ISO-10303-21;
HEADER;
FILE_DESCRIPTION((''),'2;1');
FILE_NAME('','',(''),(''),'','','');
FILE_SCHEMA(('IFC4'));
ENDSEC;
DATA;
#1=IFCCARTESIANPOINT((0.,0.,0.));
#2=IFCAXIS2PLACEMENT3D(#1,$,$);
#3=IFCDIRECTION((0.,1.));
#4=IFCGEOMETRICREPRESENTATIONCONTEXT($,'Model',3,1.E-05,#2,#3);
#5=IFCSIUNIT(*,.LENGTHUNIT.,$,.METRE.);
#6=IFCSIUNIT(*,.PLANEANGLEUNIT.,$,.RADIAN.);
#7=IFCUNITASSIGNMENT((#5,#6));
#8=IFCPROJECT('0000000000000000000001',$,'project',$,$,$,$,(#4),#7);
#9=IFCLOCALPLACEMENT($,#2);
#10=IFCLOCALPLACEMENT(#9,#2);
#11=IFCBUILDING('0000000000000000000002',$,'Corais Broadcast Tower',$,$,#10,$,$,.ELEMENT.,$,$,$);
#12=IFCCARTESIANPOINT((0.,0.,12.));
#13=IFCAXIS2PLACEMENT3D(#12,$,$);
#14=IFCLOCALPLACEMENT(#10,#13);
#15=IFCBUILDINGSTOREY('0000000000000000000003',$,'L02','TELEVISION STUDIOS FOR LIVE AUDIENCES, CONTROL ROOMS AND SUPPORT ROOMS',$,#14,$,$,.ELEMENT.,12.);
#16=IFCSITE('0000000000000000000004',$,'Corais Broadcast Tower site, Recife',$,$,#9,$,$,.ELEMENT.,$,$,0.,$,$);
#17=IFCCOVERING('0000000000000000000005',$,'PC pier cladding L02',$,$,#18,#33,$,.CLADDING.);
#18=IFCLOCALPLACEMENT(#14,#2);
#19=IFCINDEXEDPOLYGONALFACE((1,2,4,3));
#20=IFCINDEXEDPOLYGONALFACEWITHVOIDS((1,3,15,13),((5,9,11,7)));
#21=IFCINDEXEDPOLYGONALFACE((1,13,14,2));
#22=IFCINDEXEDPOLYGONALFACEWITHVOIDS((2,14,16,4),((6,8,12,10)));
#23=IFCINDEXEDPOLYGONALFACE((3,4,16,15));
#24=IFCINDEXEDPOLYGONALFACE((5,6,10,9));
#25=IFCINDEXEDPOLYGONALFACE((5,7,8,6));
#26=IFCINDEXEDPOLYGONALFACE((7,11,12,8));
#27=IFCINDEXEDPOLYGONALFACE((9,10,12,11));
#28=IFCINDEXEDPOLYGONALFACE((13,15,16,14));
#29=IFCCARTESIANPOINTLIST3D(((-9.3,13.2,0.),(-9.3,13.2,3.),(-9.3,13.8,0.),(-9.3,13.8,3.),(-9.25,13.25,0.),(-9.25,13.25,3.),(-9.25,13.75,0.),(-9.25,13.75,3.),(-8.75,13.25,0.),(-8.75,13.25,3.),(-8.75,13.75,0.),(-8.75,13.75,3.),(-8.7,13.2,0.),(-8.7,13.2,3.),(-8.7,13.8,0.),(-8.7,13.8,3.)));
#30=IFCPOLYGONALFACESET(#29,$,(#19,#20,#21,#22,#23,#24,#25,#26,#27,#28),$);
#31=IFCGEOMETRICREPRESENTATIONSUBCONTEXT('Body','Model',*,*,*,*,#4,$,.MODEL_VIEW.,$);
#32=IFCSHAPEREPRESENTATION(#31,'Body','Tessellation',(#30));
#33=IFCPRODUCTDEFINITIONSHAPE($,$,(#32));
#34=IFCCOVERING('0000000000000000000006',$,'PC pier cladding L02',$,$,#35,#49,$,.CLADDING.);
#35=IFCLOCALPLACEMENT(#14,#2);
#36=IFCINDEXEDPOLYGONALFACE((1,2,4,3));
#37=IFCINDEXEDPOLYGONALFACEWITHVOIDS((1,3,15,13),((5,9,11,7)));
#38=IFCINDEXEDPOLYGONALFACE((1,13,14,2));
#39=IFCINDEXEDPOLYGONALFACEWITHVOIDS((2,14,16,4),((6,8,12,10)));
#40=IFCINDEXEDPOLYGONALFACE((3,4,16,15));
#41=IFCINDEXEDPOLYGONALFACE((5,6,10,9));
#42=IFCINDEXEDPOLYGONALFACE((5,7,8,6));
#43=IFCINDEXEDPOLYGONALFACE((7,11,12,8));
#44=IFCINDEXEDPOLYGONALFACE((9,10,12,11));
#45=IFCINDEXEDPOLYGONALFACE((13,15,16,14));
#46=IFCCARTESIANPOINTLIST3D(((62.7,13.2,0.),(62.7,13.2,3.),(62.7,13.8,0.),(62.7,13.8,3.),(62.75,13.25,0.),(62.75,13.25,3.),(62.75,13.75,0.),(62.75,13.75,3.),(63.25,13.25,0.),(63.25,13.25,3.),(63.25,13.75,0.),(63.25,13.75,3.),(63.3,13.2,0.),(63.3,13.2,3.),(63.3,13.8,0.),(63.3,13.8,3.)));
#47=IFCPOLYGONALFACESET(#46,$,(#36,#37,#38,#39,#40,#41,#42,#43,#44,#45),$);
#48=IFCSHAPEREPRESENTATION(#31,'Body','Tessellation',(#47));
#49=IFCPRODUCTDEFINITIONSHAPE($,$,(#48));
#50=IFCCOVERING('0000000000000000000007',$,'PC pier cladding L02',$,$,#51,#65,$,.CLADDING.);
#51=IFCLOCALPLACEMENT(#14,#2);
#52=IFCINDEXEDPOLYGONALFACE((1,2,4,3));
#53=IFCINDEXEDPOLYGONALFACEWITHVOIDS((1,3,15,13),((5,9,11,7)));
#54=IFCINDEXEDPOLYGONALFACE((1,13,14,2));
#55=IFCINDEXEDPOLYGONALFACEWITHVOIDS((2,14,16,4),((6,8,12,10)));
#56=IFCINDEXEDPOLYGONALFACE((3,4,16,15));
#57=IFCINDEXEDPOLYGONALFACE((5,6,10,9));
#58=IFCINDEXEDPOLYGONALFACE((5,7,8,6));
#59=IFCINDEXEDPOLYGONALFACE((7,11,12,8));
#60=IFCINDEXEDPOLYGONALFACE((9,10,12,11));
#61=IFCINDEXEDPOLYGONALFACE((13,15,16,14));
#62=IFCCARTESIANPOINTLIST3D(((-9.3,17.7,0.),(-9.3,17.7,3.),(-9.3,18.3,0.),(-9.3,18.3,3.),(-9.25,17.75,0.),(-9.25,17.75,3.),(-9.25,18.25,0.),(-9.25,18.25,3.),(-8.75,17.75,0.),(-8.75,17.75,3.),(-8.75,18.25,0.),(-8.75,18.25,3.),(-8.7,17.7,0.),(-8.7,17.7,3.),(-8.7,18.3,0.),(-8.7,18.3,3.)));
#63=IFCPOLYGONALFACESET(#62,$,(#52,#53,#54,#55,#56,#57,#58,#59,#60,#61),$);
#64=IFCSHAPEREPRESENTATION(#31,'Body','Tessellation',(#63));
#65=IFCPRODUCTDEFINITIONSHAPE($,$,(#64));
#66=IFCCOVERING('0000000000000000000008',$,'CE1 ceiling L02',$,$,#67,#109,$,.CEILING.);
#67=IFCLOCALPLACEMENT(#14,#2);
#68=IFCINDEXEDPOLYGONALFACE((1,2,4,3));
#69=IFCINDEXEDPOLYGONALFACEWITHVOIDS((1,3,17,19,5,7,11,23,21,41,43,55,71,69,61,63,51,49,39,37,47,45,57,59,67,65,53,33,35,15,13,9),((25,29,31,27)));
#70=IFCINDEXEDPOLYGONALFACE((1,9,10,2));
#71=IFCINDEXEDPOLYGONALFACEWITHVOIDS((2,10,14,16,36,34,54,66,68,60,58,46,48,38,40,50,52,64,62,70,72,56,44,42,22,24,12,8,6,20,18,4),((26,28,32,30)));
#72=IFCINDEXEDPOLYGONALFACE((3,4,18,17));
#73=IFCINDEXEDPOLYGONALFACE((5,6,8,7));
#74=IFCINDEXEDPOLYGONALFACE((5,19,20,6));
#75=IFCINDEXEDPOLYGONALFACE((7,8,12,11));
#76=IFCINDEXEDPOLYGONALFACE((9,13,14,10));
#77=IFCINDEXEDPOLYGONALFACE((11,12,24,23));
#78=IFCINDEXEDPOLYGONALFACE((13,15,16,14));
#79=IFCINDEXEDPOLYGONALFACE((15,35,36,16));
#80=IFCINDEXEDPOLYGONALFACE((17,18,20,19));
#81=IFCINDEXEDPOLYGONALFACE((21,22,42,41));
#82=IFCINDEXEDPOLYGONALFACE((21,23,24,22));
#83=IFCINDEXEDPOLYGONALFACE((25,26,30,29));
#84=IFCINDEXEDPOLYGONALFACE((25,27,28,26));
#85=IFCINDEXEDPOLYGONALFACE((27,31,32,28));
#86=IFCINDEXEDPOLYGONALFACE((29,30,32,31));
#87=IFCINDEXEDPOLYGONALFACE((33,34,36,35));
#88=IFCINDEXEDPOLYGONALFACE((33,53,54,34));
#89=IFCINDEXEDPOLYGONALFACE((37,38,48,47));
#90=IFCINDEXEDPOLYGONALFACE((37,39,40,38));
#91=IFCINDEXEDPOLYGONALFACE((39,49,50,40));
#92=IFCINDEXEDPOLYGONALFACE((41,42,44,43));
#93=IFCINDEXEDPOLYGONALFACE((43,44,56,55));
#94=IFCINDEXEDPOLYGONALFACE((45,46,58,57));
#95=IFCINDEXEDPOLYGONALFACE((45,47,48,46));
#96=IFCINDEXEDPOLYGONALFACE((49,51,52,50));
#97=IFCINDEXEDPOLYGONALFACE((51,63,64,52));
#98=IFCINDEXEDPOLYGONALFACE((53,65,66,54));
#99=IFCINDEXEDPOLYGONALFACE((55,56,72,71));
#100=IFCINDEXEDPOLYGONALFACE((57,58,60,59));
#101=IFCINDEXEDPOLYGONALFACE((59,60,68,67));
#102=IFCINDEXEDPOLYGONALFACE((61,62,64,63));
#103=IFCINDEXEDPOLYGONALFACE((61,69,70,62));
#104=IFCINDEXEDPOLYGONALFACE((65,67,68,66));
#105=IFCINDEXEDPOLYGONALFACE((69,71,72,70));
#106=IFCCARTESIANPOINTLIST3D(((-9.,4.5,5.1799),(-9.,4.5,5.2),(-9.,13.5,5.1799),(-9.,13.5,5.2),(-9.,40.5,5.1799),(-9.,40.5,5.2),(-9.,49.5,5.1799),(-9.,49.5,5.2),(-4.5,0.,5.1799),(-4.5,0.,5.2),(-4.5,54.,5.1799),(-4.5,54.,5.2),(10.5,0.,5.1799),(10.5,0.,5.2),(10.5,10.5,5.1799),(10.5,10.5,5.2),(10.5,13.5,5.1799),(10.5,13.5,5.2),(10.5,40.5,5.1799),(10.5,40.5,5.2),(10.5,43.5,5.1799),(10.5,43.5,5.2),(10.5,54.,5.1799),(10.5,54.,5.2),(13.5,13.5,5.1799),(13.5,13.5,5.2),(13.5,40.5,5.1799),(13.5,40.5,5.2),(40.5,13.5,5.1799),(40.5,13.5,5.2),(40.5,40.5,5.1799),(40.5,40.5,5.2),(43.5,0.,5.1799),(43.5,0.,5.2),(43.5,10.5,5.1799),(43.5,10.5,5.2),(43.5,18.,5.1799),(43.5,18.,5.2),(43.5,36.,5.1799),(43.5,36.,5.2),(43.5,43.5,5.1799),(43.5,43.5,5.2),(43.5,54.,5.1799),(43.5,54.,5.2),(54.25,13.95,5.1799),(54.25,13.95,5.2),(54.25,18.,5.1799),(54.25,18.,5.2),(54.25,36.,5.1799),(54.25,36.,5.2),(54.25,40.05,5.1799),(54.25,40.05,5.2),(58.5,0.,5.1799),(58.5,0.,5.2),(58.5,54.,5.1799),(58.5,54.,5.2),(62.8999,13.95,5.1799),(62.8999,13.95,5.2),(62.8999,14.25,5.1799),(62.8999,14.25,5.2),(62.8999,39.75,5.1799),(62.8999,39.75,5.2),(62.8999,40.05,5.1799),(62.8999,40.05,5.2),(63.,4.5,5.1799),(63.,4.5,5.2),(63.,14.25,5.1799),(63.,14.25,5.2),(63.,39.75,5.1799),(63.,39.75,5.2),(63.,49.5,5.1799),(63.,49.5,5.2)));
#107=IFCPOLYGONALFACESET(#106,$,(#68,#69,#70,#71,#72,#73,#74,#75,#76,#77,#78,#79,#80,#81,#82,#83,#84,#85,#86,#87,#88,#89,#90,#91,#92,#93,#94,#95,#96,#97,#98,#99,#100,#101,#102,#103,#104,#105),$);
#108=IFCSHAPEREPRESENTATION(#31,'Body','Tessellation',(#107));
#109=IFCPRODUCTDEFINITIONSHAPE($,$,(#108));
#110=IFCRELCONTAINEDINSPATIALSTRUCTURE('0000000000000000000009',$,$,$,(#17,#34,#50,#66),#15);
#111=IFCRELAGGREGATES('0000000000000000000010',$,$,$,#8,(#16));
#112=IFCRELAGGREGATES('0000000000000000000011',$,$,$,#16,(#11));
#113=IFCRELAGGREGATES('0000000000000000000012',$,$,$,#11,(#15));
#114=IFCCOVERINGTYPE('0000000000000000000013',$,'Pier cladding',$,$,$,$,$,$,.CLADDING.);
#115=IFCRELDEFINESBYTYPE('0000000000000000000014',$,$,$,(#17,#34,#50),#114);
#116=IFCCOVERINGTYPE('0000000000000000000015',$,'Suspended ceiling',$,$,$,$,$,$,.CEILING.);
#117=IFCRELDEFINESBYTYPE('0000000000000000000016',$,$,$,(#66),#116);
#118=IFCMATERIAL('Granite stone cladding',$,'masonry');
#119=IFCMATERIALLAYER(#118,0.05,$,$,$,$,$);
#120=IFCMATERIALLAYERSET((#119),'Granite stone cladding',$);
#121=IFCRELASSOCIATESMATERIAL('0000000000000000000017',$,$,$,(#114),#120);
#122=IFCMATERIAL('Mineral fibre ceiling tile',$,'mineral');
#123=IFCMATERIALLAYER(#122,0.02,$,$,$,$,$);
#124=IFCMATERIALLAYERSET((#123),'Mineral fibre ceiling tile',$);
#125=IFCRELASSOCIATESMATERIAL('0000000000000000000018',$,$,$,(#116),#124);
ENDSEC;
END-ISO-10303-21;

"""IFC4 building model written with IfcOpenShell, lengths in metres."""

from ifc_helpers import new_model, si_unit, direction, frame, origin, place, context, subcontext, project, spatial, polyline, outline, extrude, material, layer, layer_set, type_object, element, save


model = new_model("IFC4")

# Units and contexts
model_context = context("Model", 3, precision=1e-05, world=origin(), true_north=direction((0.0, 1.0)))
body_context = subcontext(model_context, "Body", "Model", "MODEL_VIEW")
ifc_project = project(units=[si_unit("LENGTHUNIT", "METRE"), si_unit("PLANEANGLEUNIT", "RADIAN")], contexts=[model_context])

# Site, building, storey
site_placement = place(None, origin())
site = spatial("IfcSite", under=ifc_project, at=site_placement, Name="Corais Broadcast Tower site, Recife", CompositionType="ELEMENT", RefElevation=0.0)
building_placement = place(site_placement, origin())
building = spatial("IfcBuilding", under=site, at=building_placement, Name="Corais Broadcast Tower", CompositionType="ELEMENT")
storey_placement = place(building_placement, frame((0.0, 0.0, 12.0)))
storey = spatial("IfcBuildingStorey", under=building, at=storey_placement, Name="L02", Description="TELEVISION STUDIOS FOR LIVE AUDIENCES, CONTROL ROOMS AND SUPPORT ROOMS", CompositionType="ELEMENT", Elevation=12.0)

# Coverings
ifc_material_1 = material(Name="Granite stone cladding", Category="masonry")
ifc_layer_1 = layer(ifc_material_1, 0.05)
ifc_layer_set_1 = layer_set([ifc_layer_1], Name="Granite stone cladding")
covering_type_1 = type_object("IfcCoveringType", Name="Pier cladding", PredefinedType="CLADDING", material=ifc_layer_set_1)
covering_1_placement = place(storey_placement, origin())
element("IfcCovering", 1, at=covering_1_placement, inside=storey, type_object=covering_type_1, Name="PC pier cladding L02", PredefinedType="CLADDING", context=body_context, shape_type="SweptSolid", body=[
    extrude(outline(polyline([(-9.3, 13.2), (-8.7, 13.2), (-8.7, 13.8), (-9.3, 13.8), (-9.3, 13.2)]), holes=[polyline([(-9.25, 13.25), (-8.75, 13.25), (-8.75, 13.75), (-9.25, 13.75), (-9.25, 13.25)])]), origin(), (0.0, 0.0, 1.0), 3.0),
])
covering_2_placement = place(storey_placement, origin())
element("IfcCovering", 2, at=covering_2_placement, inside=storey, type_object=covering_type_1, Name="PC pier cladding L02", PredefinedType="CLADDING", context=body_context, shape_type="SweptSolid", body=[
    extrude(outline(polyline([(62.7, 13.2), (63.3, 13.2), (63.3, 13.8), (62.7, 13.8), (62.7, 13.2)]), holes=[polyline([(62.75, 13.25), (63.25, 13.25), (63.25, 13.75), (62.75, 13.75), (62.75, 13.25)])]), origin(), (0.0, 0.0, 1.0), 3.0),
])
covering_3_placement = place(storey_placement, origin())
element("IfcCovering", 3, at=covering_3_placement, inside=storey, type_object=covering_type_1, Name="PC pier cladding L02", PredefinedType="CLADDING", context=body_context, shape_type="SweptSolid", body=[
    extrude(outline(polyline([(-9.3, 17.7), (-8.7, 17.7), (-8.7, 18.3), (-9.3, 18.3), (-9.3, 17.7)]), holes=[polyline([(-9.25, 17.75), (-8.75, 17.75), (-8.75, 18.25), (-9.25, 18.25), (-9.25, 17.75)])]), origin(), (0.0, 0.0, 1.0), 3.0),
])
ifc_material_2 = material(Name="Mineral fibre ceiling tile", Category="mineral")
ifc_layer_2 = layer(ifc_material_2, 0.02)
ifc_layer_set_2 = layer_set([ifc_layer_2], Name="Mineral fibre ceiling tile")
covering_type_2 = type_object("IfcCoveringType", Name="Suspended ceiling", PredefinedType="CEILING", material=ifc_layer_set_2)
covering_4_placement = place(storey_placement, frame((0.0, 0.0, 5.1799)))
element("IfcCovering", 4, at=covering_4_placement, inside=storey, type_object=covering_type_2, Name="CE1 ceiling L02", PredefinedType="CEILING", context=body_context, shape_type="SweptSolid", body=[
    extrude(outline(polyline([(-4.5, 0.0), (-9.0, 4.5), (-9.0, 13.5), (10.5, 13.5), (10.5, 40.5), (-9.0, 40.5), (-9.0, 49.5), (-4.5, 54.0), (10.5, 54.0), (10.5, 43.5), (43.5, 43.5), (43.5, 54.0), (58.5, 54.0), (63.0, 49.5), (63.0, 39.75), (62.8999, 39.75), (62.8999, 40.05), (54.25, 40.05), (54.25, 36.0), (43.5, 36.0), (43.5, 18.0), (54.25, 18.0), (54.25, 13.95), (62.8999, 13.95), (62.8999, 14.25), (63.0, 14.25), (63.0, 4.5), (58.5, 0.0), (43.5, 0.0), (43.5, 10.5), (10.5, 10.5), (10.5, 0.0), (-4.5, 0.0)]), holes=[polyline([(40.5, 40.5), (13.5, 40.5), (13.5, 13.5), (40.5, 13.5), (40.5, 40.5)])]), origin(), (0.0, 0.0, 1.0), 0.02),
])

save(model, "model.ifc")
